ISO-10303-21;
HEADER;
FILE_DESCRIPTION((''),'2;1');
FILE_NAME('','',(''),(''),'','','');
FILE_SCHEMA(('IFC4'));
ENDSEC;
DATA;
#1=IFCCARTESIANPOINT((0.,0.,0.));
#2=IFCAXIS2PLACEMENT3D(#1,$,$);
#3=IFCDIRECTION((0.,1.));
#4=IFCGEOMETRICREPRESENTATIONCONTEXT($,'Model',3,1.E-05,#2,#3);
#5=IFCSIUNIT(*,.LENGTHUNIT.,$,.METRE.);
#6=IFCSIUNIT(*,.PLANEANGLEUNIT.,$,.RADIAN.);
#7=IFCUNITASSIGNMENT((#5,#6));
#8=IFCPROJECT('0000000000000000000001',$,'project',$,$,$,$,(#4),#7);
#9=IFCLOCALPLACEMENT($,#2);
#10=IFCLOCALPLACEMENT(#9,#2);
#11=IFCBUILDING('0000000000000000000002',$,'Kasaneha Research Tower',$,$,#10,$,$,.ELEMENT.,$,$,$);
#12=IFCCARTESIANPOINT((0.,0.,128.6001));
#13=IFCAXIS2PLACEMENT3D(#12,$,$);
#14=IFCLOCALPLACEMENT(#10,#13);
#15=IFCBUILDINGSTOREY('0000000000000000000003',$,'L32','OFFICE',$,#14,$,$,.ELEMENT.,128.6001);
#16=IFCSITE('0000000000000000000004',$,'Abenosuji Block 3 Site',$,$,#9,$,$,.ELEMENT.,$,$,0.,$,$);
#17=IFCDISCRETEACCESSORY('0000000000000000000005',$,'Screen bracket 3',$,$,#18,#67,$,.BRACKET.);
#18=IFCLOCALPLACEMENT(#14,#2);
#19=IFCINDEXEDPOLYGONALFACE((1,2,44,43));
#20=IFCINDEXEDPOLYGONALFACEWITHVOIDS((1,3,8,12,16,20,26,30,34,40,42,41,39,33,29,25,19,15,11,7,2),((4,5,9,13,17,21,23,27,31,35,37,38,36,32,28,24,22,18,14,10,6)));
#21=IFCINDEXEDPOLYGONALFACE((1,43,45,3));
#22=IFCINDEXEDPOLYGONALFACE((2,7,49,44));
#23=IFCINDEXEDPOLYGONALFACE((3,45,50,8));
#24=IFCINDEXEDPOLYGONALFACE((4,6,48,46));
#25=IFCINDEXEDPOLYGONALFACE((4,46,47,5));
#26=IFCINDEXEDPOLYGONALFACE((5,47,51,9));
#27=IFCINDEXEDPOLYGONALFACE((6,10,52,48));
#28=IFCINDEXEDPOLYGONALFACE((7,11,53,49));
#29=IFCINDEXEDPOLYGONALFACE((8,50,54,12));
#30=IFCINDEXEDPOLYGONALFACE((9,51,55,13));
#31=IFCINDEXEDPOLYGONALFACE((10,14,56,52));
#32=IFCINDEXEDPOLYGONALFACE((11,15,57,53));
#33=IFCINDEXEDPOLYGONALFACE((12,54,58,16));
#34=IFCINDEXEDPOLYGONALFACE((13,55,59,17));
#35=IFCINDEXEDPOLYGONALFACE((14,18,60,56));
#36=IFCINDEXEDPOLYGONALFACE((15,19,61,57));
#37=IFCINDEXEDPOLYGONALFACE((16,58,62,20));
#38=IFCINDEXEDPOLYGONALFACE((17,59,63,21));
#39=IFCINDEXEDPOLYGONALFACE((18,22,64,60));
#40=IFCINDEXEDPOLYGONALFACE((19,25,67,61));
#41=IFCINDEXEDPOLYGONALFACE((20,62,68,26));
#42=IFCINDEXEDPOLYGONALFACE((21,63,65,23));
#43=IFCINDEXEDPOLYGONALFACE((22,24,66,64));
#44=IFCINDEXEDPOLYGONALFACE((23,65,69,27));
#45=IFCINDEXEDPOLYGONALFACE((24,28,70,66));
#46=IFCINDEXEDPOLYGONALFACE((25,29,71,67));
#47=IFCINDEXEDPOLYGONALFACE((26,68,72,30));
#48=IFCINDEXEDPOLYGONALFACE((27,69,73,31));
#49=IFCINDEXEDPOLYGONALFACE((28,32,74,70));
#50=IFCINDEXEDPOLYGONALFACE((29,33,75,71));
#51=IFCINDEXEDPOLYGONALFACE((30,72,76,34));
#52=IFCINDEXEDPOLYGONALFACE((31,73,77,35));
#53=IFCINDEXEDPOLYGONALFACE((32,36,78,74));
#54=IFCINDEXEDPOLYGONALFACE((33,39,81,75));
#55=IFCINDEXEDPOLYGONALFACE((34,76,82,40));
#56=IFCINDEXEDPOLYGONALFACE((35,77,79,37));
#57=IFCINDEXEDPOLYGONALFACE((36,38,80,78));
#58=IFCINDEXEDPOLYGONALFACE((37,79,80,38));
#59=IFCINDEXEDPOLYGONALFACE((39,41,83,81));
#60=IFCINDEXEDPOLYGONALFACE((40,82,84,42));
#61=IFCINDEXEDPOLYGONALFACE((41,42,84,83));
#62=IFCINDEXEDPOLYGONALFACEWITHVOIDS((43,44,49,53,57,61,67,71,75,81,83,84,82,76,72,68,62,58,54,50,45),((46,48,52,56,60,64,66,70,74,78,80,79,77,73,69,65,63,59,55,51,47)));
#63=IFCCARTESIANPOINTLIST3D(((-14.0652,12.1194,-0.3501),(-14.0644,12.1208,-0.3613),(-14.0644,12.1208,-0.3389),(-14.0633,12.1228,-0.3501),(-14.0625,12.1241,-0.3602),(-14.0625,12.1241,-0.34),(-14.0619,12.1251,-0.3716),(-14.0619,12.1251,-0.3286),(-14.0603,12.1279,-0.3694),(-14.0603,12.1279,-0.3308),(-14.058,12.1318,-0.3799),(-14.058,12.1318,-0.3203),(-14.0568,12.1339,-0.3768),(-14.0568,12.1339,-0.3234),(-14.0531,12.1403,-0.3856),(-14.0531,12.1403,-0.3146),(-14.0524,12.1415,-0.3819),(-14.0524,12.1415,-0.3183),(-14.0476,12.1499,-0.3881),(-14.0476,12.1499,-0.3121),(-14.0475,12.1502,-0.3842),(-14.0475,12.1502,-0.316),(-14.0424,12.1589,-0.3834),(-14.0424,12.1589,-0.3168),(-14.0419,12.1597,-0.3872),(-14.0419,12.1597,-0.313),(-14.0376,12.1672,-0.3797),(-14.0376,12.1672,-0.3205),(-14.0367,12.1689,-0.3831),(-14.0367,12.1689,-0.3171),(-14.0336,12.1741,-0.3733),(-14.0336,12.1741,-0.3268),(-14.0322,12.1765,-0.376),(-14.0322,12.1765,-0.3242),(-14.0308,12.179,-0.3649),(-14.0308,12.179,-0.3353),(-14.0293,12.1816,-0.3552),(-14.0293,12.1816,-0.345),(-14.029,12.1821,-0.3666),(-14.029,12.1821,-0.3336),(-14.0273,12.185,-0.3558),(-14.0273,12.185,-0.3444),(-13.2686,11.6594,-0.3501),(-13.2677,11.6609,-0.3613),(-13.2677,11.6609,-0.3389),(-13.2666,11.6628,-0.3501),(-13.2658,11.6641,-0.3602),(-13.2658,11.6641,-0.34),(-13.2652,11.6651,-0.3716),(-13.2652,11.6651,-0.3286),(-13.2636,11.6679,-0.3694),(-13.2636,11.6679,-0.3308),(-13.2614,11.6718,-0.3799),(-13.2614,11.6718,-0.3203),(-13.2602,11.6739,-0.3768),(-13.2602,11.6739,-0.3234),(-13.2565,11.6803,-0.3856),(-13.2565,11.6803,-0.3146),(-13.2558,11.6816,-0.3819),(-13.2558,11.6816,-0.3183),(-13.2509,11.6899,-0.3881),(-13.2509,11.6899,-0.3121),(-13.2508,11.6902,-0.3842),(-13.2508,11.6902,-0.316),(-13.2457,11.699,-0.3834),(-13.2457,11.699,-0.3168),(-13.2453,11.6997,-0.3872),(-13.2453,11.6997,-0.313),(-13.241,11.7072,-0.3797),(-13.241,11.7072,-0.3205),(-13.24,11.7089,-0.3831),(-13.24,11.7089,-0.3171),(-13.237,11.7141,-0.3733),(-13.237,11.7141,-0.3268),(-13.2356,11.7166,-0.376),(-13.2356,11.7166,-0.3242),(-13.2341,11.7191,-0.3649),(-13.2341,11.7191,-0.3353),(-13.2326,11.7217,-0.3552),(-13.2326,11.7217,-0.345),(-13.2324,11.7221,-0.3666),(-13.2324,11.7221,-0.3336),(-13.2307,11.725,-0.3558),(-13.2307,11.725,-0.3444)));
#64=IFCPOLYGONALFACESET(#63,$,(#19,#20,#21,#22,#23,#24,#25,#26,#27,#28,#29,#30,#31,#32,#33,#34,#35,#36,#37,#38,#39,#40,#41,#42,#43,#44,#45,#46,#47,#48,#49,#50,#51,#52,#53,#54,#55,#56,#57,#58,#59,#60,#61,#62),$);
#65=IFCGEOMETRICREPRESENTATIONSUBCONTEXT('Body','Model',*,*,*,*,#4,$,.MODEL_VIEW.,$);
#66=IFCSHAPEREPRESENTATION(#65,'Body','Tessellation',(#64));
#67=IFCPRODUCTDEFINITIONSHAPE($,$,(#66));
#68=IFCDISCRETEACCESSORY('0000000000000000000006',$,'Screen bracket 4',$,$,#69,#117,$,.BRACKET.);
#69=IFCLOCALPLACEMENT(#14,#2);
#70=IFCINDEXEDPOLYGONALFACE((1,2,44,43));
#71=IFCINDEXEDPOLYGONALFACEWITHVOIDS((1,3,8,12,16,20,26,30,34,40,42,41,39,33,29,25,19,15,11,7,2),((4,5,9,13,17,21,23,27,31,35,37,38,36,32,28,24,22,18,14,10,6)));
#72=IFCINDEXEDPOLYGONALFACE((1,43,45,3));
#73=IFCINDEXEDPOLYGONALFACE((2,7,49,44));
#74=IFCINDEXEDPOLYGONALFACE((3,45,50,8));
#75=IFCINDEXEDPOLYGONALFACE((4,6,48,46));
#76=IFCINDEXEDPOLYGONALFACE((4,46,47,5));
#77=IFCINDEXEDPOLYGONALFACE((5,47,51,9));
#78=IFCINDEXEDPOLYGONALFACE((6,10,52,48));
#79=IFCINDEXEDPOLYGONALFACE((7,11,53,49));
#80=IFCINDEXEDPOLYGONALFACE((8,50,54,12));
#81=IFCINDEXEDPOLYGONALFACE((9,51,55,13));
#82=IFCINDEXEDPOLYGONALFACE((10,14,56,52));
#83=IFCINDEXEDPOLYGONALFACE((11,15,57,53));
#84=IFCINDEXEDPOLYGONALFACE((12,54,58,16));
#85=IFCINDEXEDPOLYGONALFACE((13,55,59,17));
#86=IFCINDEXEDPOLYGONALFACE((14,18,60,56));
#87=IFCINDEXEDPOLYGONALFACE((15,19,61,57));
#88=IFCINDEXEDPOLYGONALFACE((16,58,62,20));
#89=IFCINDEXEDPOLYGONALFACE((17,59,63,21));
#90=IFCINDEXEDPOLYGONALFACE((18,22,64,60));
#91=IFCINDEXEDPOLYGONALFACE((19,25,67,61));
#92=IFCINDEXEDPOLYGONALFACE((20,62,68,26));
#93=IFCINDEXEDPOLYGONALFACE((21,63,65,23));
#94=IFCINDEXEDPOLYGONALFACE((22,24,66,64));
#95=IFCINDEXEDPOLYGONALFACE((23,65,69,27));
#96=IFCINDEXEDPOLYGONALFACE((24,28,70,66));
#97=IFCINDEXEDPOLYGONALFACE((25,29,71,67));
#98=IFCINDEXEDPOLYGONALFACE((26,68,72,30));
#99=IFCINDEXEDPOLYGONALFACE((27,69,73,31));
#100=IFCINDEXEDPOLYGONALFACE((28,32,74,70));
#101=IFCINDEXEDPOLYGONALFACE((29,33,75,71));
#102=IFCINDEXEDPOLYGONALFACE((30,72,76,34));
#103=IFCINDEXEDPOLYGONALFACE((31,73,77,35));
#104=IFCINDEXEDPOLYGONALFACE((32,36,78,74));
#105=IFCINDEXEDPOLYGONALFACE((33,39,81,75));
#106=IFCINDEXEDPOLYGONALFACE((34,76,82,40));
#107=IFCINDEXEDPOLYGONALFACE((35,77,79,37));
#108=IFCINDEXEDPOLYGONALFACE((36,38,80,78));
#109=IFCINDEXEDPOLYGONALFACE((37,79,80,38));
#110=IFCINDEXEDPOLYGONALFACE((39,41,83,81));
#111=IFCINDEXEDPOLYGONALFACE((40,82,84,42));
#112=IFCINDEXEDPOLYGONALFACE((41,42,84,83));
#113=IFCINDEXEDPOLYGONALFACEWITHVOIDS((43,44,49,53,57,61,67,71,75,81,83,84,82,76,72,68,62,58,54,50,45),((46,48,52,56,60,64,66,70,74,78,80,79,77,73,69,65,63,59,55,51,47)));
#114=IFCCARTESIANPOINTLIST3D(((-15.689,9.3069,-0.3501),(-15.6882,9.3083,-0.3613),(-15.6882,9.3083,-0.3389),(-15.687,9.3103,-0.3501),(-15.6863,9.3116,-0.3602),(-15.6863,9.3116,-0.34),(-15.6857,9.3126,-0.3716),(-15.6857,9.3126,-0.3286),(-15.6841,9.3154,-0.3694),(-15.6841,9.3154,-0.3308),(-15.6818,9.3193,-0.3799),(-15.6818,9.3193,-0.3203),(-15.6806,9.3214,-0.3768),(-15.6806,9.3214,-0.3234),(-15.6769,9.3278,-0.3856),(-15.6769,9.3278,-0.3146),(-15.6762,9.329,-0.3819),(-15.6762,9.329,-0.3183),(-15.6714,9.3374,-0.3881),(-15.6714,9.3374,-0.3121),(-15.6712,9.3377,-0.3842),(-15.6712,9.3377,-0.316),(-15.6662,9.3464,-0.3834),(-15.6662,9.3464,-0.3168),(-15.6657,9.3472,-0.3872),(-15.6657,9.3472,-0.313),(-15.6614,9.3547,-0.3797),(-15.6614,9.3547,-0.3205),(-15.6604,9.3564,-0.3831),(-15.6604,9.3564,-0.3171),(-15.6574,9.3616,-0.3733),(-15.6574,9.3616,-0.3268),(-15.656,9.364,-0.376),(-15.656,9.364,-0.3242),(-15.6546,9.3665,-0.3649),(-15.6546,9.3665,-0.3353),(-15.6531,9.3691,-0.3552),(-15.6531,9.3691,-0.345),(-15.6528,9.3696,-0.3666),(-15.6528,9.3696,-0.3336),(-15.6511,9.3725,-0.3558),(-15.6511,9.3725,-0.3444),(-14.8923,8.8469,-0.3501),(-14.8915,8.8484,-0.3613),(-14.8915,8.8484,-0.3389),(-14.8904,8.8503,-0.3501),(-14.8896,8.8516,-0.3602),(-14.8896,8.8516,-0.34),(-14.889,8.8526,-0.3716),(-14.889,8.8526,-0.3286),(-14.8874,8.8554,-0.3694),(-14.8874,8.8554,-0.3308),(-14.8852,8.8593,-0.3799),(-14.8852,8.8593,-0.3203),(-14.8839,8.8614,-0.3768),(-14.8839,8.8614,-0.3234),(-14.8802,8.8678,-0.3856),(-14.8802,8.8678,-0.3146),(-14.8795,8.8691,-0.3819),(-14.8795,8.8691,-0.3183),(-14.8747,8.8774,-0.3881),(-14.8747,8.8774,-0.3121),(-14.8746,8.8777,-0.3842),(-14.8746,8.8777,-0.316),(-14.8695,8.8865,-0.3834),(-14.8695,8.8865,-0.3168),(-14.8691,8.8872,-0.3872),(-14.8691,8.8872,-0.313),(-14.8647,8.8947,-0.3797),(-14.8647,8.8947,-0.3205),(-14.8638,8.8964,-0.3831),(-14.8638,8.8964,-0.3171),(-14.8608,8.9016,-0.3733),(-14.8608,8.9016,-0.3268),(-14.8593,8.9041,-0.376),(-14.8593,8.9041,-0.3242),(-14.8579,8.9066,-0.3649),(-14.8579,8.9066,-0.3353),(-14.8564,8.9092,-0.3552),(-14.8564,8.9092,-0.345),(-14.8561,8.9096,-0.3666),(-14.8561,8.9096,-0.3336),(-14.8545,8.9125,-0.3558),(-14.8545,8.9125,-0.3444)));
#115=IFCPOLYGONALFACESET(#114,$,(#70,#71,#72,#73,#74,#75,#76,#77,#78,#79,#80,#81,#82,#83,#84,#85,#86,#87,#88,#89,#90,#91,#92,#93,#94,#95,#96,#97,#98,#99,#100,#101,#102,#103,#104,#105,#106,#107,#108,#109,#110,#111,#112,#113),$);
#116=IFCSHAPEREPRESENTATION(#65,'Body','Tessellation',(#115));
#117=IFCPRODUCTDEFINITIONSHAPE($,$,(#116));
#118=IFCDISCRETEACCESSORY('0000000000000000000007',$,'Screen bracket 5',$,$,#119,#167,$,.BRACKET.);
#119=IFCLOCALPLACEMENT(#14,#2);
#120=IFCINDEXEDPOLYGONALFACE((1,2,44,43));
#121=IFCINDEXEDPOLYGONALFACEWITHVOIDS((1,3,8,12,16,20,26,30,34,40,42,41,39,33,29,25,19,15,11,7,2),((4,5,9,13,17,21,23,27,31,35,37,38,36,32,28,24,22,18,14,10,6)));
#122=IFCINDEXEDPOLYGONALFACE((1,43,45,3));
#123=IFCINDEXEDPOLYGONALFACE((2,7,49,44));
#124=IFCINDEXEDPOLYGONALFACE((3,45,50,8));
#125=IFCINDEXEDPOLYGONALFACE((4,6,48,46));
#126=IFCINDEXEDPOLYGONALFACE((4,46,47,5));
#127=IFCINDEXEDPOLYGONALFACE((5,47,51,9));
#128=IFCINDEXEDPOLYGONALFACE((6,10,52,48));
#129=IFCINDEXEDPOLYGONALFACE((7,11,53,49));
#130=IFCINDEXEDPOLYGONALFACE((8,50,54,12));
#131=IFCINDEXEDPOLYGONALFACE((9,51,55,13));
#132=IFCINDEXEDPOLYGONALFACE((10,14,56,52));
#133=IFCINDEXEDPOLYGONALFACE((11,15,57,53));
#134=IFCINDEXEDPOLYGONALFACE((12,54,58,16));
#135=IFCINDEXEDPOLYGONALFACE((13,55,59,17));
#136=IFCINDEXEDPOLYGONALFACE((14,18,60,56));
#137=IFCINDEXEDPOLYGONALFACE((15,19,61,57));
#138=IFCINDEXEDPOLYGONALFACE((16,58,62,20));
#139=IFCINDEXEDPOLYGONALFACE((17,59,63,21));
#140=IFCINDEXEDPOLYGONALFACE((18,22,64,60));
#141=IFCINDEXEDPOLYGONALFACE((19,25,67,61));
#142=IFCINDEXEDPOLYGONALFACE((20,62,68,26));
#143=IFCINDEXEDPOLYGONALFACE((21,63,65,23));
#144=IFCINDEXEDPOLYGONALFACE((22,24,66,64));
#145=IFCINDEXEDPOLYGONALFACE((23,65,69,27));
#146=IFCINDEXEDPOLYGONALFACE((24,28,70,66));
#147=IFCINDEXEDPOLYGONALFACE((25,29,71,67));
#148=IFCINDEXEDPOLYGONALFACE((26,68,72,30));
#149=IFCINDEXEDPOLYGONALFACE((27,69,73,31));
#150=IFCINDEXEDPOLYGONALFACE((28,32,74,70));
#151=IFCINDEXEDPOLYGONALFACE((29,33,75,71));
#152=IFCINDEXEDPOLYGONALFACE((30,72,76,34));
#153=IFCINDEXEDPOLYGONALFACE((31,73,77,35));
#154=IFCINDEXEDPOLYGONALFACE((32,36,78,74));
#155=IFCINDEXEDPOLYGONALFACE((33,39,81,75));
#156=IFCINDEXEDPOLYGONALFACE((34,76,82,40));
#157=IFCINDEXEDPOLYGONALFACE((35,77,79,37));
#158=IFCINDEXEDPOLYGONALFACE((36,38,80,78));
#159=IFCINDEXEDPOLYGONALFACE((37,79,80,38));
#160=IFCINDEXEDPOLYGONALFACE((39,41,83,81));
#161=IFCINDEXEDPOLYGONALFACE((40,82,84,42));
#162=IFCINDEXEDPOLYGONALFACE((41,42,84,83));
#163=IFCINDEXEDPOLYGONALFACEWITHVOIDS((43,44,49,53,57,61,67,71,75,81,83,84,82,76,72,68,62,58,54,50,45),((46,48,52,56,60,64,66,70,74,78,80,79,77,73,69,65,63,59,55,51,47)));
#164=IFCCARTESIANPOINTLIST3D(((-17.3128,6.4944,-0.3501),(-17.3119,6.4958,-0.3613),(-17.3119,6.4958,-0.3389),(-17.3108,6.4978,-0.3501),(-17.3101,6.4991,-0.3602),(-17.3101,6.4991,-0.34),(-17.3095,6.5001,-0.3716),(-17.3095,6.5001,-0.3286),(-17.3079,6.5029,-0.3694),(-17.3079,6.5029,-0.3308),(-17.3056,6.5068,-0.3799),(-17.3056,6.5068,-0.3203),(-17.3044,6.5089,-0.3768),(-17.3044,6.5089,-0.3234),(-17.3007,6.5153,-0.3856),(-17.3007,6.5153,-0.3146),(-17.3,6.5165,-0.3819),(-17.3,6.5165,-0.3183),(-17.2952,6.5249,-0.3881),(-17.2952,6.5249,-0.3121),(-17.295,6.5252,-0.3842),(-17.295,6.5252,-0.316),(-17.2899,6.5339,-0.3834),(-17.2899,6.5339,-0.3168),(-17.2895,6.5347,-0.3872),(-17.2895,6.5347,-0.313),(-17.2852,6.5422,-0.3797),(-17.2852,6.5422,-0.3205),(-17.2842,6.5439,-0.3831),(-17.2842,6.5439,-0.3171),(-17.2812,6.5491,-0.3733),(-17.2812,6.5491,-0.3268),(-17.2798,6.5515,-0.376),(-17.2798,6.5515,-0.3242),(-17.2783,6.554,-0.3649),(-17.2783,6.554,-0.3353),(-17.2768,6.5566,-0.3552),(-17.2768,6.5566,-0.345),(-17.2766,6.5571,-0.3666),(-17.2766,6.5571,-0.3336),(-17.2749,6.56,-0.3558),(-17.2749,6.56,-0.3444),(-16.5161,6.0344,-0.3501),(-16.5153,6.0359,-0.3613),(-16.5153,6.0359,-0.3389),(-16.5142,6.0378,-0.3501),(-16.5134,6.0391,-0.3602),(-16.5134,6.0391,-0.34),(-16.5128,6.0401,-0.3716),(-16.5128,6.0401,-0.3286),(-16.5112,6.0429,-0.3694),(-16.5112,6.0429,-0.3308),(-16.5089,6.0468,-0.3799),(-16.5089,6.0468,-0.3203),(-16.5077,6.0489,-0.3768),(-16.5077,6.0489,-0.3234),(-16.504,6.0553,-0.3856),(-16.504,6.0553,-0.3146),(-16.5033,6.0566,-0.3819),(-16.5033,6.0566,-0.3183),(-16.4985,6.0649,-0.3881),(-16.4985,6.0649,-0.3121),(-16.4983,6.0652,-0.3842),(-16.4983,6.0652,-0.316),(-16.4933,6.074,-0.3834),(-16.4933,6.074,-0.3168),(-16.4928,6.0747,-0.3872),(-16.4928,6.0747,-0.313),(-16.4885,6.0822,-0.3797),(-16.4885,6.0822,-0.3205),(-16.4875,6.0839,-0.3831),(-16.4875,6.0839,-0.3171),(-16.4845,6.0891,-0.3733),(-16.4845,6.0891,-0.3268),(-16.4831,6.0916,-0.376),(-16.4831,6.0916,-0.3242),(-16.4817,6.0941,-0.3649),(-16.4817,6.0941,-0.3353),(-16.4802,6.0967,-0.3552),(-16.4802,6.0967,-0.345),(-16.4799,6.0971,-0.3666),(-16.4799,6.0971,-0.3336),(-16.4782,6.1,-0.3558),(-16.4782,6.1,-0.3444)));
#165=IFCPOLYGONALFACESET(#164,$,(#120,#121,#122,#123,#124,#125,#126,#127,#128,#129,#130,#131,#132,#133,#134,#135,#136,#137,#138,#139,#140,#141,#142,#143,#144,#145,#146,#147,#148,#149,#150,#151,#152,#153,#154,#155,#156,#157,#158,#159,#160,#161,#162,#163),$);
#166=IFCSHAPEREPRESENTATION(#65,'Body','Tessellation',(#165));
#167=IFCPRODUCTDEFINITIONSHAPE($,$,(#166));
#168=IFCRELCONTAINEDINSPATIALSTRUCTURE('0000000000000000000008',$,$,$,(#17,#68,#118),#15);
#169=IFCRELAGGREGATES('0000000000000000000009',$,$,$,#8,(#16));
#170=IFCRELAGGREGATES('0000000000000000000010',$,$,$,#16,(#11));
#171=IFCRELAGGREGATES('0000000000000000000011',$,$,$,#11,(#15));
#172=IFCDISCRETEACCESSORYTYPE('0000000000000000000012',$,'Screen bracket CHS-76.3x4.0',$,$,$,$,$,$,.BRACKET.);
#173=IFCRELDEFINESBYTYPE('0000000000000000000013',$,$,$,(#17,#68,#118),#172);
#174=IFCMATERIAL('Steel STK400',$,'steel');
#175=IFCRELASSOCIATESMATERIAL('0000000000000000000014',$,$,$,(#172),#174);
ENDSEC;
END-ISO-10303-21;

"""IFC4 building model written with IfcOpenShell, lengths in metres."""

from ifc_helpers import new_model, si_unit, direction, frame, origin, origin_2d, place, context, subcontext, project, spatial, hollow_circle, extrude, material, material_profile, profile_set, type_object, element, save


model = new_model("IFC4")

# Units and contexts
model_context = context("Model", 3, precision=1e-05, world=origin(), true_north=direction((0.0, 1.0)))
body_context = subcontext(model_context, "Body", "Model", "MODEL_VIEW")
ifc_project = project(units=[si_unit("LENGTHUNIT", "METRE"), si_unit("PLANEANGLEUNIT", "RADIAN")], contexts=[model_context])

# Site, building, storey
site_placement = place(None, origin())
site = spatial("IfcSite", under=ifc_project, at=site_placement, Name="Abenosuji Block 3 Site", CompositionType="ELEMENT", RefElevation=0.0)
building_placement = place(site_placement, origin())
building = spatial("IfcBuilding", under=site, at=building_placement, Name="Kasaneha Research Tower", CompositionType="ELEMENT")
storey_placement = place(building_placement, frame((0.0, 0.0, 128.6001)))
storey = spatial("IfcBuildingStorey", under=building, at=storey_placement, Name="L32", Description="OFFICE", CompositionType="ELEMENT", Elevation=128.6001)

# Discrete accessories
ifc_material_1 = material(Name="Steel STK400", Category="steel")
ifc_material_profile_1 = material_profile(ifc_material_1, hollow_circle(Radius=0.0381, WallThickness=0.0039, at=origin_2d()), Name="CHS-76.3x4.0")
ifc_profile_set_1 = profile_set([ifc_material_profile_1], Name="Steel STK400")
discrete_accessory_type = type_object("IfcDiscreteAccessoryType", Name="Screen bracket CHS-76.3x4.0", PredefinedType="BRACKET", material=ifc_profile_set_1)
for number, where, z_axis, x_axis, name in (
    (1, (-13.2495, 11.6924, -0.3501), (-0.866013, 0.500021, 0.0), (-0.500021, -0.866013, 0.0), "Screen bracket 3"),
    (2, (-14.8733, 8.8799, -0.3501), (-0.866013, 0.500021, 0.0), (-0.500021, -0.866013, 0.0), "Screen bracket 4"),
    (3, (-16.4971, 6.0674, -0.3501), (-0.866013, 0.500021, 0.0), (-0.500021, -0.866013, 0.0), "Screen bracket 5"),
):
    element("IfcDiscreteAccessory", number, at=place(storey_placement, frame(where, z_axis=z_axis, x_axis=x_axis)), inside=storey, type_object=discrete_accessory_type, Name=name, PredefinedType="BRACKET", context=body_context, shape_type="SweptSolid", body=[
        extrude(hollow_circle(Radius=0.0381, WallThickness=0.0039, at=origin_2d()), origin(), (0.0, 0.0, 1.0), 0.9199),
    ])

save(model, "model.ifc")
